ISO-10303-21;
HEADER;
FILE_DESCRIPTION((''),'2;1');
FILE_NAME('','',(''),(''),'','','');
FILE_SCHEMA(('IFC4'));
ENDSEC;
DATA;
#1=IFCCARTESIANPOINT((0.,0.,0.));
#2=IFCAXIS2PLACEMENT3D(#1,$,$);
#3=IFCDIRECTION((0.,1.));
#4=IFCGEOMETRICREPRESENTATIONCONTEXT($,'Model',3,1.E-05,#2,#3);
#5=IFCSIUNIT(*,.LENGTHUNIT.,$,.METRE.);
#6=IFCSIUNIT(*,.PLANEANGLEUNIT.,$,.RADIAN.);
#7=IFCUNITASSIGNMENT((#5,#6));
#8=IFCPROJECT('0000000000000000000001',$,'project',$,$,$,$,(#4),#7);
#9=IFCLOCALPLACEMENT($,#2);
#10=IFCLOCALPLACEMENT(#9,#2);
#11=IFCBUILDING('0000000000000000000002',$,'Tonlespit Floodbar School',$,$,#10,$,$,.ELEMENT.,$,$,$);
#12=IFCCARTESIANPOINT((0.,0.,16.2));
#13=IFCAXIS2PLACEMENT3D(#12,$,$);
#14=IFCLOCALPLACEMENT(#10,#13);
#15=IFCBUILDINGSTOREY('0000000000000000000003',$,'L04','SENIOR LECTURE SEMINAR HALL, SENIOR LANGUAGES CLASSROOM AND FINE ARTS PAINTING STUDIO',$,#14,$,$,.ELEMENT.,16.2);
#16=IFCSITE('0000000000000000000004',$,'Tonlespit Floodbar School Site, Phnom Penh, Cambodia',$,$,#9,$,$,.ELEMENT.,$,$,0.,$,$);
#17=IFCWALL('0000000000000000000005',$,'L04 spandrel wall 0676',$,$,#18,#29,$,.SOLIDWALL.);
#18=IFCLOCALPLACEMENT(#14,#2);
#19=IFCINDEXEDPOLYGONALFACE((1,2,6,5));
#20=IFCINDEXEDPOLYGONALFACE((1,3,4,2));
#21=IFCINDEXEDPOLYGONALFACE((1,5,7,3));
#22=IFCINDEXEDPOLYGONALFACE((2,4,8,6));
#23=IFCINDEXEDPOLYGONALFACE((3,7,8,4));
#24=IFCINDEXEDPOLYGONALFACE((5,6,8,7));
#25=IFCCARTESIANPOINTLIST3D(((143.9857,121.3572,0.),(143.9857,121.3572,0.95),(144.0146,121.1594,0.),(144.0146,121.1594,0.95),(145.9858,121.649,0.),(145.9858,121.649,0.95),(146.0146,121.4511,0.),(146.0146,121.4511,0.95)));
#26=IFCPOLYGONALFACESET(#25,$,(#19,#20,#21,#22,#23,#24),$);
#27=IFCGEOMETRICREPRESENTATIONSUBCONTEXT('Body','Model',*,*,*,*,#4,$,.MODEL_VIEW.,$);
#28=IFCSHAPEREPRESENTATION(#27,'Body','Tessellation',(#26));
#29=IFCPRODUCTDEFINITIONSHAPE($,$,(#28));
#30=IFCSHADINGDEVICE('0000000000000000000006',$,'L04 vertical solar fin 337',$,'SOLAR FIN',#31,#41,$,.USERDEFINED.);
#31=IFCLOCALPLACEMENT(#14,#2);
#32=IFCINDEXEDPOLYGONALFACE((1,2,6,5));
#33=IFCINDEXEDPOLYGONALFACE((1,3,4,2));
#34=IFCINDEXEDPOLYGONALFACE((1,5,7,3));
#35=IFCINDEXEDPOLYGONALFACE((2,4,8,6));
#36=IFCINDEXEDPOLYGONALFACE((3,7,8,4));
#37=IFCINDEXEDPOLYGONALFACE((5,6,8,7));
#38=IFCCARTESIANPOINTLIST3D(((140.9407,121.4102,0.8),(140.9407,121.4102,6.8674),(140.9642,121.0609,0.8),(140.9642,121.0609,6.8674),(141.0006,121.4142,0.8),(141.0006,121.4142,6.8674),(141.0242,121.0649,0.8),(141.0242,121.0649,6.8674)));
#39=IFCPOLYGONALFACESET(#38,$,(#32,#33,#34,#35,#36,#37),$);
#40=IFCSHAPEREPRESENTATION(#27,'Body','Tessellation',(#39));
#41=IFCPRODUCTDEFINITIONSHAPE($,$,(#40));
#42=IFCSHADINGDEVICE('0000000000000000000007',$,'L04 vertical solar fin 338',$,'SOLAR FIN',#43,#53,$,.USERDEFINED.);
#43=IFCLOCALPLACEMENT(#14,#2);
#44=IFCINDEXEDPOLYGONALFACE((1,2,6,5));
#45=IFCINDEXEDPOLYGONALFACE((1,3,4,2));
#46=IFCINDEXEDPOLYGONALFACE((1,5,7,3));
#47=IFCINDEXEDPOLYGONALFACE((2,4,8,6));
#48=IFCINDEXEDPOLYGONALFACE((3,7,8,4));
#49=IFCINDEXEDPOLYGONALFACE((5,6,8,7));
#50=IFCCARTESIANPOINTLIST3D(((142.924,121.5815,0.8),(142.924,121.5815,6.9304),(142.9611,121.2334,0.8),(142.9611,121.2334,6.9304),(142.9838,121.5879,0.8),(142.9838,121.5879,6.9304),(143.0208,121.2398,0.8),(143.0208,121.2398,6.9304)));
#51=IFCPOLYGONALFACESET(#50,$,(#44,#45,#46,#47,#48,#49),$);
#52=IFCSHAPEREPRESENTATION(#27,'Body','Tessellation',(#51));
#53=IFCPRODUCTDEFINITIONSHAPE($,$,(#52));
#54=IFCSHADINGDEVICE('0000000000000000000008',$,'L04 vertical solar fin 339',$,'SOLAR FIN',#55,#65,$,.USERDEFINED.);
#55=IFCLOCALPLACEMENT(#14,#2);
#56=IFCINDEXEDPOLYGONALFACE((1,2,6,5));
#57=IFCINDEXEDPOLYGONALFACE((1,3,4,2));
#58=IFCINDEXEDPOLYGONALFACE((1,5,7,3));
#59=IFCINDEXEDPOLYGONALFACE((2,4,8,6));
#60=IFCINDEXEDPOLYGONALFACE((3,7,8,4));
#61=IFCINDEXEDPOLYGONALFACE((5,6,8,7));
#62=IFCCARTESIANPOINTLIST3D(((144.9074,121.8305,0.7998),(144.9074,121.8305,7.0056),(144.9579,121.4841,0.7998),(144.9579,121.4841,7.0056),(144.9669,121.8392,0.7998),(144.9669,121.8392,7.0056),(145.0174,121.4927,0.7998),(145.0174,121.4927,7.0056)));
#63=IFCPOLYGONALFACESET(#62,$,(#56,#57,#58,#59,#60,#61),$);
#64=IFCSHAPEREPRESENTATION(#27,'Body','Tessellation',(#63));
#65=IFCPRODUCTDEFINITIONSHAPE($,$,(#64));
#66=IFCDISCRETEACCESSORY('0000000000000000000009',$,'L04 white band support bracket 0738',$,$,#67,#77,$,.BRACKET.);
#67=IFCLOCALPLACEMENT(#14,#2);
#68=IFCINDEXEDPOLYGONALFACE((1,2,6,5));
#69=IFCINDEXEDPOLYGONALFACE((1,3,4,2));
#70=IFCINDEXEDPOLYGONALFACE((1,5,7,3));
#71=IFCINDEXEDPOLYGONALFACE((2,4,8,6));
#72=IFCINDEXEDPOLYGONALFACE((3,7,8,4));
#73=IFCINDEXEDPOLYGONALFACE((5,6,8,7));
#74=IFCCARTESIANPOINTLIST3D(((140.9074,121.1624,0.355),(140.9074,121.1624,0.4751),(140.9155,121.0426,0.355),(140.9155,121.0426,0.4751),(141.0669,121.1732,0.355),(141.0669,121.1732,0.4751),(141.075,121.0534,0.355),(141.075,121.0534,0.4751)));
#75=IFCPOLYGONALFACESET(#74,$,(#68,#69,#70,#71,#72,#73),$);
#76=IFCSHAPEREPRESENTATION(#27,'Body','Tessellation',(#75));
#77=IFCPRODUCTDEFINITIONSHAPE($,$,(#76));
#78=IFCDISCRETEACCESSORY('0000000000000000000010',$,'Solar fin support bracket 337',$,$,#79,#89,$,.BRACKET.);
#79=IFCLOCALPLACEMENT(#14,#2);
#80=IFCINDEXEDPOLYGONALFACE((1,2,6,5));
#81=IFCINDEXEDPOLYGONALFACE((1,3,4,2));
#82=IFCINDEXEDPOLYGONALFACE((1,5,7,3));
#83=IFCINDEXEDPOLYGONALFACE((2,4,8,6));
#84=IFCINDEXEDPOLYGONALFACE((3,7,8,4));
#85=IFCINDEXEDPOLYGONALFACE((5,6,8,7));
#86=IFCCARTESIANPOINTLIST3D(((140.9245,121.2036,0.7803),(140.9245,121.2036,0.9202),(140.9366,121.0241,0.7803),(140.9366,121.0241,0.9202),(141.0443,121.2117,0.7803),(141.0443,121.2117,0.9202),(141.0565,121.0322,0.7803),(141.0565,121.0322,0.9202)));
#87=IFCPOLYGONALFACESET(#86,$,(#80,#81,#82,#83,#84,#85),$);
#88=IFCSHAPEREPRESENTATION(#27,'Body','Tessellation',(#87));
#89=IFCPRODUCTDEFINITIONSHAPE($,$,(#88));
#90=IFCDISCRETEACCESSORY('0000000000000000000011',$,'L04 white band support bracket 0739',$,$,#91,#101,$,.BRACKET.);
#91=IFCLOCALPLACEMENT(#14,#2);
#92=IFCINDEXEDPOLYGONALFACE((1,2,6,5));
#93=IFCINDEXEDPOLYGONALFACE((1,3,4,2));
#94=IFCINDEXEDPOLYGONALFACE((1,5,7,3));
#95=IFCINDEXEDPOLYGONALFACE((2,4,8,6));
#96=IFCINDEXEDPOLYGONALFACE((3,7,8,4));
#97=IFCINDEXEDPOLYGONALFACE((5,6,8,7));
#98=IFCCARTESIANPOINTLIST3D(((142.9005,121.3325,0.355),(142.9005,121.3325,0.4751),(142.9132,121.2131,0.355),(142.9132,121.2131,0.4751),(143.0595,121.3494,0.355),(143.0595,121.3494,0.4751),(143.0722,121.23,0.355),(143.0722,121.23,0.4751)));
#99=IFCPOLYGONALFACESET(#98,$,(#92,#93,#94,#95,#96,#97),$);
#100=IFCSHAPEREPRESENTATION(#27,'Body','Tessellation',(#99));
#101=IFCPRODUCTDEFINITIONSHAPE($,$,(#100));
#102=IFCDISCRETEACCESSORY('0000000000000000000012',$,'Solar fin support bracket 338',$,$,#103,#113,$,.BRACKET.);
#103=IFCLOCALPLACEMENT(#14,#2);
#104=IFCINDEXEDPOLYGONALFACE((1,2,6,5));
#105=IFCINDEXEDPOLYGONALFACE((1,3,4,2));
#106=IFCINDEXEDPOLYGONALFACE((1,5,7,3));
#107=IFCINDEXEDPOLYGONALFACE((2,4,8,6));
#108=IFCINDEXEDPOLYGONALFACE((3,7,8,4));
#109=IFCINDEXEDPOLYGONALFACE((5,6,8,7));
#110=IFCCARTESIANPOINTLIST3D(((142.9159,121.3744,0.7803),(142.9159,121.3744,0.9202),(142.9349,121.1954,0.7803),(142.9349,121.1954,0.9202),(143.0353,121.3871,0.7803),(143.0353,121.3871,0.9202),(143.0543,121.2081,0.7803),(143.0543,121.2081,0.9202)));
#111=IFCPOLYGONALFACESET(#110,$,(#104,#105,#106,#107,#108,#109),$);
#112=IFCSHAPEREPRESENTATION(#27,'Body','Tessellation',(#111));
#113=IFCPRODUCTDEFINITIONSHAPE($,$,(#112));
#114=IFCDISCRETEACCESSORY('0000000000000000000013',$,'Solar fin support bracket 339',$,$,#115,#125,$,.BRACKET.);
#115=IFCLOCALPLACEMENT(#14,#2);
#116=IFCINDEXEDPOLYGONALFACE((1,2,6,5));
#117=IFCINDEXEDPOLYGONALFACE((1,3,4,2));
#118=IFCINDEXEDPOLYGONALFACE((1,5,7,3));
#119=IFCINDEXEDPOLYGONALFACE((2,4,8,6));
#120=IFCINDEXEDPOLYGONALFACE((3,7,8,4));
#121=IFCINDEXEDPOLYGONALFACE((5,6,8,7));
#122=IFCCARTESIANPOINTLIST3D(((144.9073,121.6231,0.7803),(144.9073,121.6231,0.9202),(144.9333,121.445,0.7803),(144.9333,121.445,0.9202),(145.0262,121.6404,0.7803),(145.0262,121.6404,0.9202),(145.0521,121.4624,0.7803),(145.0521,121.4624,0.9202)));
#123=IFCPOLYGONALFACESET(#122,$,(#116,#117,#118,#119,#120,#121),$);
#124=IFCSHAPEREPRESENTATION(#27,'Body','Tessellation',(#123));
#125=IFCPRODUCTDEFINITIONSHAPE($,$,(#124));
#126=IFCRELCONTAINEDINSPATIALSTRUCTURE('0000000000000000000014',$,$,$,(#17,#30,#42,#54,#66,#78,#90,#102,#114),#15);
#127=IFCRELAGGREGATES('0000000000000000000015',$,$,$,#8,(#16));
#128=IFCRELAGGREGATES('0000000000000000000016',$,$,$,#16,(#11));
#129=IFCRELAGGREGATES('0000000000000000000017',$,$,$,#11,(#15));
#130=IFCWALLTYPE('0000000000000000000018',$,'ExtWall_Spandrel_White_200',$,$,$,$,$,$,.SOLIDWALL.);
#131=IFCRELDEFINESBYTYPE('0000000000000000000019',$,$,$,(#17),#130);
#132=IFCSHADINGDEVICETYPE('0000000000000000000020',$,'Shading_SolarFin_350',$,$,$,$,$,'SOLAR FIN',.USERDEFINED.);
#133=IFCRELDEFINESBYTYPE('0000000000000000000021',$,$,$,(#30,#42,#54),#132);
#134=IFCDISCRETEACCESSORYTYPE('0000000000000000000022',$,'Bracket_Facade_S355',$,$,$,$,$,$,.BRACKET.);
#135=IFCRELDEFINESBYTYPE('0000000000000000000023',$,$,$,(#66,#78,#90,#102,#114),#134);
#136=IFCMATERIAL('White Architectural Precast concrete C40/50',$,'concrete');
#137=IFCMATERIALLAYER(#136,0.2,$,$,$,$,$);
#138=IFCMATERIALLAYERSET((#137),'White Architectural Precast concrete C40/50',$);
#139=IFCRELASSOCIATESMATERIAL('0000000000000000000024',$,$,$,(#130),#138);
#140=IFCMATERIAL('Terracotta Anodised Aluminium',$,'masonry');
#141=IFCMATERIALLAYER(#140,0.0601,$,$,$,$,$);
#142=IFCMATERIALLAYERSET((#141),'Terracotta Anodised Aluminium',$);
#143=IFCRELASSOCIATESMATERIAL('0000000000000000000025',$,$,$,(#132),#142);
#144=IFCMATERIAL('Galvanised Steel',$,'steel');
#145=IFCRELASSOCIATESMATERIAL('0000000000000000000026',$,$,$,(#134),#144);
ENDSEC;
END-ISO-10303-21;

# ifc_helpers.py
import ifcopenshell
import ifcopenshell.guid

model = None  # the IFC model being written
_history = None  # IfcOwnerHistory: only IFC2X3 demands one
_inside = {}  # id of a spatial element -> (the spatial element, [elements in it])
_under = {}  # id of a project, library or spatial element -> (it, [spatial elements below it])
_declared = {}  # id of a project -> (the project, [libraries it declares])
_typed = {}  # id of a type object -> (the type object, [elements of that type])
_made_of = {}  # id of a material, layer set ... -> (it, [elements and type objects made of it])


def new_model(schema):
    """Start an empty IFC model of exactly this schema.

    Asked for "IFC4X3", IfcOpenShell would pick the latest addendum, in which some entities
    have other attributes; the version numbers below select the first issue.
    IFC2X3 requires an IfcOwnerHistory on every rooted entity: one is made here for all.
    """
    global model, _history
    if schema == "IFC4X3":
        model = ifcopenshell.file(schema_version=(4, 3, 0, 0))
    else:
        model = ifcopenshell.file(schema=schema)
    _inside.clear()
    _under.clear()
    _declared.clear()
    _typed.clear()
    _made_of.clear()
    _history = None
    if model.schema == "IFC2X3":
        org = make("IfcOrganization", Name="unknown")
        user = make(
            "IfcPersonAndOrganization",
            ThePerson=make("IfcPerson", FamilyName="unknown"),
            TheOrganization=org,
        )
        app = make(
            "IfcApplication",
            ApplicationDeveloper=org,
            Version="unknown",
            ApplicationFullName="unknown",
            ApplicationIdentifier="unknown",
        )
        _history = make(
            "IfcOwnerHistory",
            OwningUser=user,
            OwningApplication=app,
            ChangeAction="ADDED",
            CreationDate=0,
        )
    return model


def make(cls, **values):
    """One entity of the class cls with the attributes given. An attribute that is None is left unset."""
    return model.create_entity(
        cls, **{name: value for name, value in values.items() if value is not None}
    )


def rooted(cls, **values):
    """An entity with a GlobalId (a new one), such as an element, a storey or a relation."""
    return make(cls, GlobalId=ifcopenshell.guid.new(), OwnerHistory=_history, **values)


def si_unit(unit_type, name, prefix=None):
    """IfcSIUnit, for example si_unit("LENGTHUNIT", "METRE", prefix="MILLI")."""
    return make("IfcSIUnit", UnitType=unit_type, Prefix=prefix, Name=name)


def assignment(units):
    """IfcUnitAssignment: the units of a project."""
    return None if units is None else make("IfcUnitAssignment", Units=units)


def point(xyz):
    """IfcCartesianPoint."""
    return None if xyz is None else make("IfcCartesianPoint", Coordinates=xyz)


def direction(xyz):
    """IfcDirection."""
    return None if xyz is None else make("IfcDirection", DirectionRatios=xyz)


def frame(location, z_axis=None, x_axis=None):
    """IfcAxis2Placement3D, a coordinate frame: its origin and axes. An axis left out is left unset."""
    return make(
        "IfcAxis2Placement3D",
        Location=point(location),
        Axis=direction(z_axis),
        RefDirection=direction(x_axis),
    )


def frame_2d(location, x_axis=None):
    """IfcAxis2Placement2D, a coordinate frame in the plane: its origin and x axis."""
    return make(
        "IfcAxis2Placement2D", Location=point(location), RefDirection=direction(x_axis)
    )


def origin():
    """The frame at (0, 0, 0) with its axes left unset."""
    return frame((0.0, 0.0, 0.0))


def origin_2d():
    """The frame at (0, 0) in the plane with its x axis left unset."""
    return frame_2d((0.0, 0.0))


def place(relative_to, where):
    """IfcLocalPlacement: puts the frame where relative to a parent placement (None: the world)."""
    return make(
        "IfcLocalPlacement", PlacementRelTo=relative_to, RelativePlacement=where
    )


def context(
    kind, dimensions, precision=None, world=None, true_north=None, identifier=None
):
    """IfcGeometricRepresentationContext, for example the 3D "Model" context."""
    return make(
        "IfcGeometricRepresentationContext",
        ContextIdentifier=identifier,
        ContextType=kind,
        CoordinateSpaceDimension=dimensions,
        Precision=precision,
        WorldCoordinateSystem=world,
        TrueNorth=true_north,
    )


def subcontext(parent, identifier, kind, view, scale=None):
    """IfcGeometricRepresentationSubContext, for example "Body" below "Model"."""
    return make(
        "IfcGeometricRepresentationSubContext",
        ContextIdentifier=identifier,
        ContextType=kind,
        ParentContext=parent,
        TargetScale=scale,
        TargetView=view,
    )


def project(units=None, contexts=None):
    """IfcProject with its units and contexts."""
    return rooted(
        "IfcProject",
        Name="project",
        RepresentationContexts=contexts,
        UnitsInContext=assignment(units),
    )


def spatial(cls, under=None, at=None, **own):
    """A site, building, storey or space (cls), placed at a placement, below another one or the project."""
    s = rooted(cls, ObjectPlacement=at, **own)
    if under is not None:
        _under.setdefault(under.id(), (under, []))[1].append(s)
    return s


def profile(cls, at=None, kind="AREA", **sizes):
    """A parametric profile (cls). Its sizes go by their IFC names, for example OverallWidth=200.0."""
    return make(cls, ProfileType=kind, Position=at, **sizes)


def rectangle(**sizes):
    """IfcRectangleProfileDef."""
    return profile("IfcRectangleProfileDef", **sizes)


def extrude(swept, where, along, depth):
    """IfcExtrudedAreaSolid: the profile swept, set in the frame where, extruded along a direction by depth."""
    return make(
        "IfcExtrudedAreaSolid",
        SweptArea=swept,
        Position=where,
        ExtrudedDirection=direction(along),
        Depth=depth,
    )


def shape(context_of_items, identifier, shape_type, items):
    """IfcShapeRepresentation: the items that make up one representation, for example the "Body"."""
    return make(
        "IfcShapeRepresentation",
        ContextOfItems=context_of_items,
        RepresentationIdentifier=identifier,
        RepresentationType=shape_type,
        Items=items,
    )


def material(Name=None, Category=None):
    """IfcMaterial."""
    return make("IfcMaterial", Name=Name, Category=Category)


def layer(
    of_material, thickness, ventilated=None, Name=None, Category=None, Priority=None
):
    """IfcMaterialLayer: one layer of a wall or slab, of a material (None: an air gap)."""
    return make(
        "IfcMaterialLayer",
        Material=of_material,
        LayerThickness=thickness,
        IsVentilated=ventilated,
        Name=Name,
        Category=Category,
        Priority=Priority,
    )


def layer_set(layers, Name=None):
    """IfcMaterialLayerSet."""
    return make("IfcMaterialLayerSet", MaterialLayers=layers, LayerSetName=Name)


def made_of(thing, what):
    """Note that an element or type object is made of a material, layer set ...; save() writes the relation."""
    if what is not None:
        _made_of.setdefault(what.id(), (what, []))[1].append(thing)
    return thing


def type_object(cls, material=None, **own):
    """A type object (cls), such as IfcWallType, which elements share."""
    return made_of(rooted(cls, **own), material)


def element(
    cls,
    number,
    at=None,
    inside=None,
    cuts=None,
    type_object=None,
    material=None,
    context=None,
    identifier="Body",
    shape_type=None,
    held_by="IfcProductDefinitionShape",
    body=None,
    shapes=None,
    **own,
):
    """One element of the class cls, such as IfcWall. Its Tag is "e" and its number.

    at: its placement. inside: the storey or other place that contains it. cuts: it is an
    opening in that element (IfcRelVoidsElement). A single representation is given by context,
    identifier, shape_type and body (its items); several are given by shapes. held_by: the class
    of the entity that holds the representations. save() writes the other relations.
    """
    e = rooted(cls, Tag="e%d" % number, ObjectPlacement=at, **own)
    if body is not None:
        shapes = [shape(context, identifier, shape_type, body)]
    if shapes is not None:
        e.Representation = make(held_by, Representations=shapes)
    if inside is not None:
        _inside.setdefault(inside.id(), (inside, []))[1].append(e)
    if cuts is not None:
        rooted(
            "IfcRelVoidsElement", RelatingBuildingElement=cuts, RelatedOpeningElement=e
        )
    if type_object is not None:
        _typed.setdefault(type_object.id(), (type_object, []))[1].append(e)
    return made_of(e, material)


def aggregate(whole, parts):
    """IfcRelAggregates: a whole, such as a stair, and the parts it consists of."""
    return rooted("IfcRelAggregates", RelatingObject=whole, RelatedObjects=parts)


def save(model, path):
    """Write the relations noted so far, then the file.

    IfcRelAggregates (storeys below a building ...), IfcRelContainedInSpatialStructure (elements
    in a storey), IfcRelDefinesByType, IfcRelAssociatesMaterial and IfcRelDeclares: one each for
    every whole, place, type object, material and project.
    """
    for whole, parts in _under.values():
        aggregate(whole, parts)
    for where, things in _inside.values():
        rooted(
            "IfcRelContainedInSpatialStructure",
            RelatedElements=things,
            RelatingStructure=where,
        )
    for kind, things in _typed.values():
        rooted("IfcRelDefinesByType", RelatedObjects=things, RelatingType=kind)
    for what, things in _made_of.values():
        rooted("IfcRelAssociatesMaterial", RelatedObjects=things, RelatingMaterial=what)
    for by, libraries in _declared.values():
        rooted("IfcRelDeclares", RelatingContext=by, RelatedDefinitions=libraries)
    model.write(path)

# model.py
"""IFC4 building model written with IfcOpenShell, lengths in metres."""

from ifc_helpers import new_model, si_unit, direction, frame, frame_2d, origin, origin_2d, place, context, subcontext, project, spatial, rectangle, extrude, material, layer, layer_set, type_object, element, save


model = new_model("IFC4")

# Units and contexts
model_context = context("Model", 3, precision=1e-05, world=origin(), true_north=direction((0.0, 1.0)))
body_context = subcontext(model_context, "Body", "Model", "MODEL_VIEW")
ifc_project = project(units=[si_unit("LENGTHUNIT", "METRE"), si_unit("PLANEANGLEUNIT", "RADIAN")], contexts=[model_context])

# Site, building, storey
site_placement = place(None, origin())
site = spatial("IfcSite", under=ifc_project, at=site_placement, Name="Tonlespit Floodbar School Site, Phnom Penh, Cambodia", CompositionType="ELEMENT", RefElevation=0.0)
building_placement = place(site_placement, origin())
building = spatial("IfcBuilding", under=site, at=building_placement, Name="Tonlespit Floodbar School", CompositionType="ELEMENT")
storey_placement = place(building_placement, frame((0.0, 0.0, 16.2)))
storey = spatial("IfcBuildingStorey", under=building, at=storey_placement, Name="L04", Description="SENIOR LECTURE SEMINAR HALL, SENIOR LANGUAGES CLASSROOM AND FINE ARTS PAINTING STUDIO", CompositionType="ELEMENT", Elevation=16.2)

# Wall
ifc_material_1 = material(Name="White Architectural Precast concrete C40/50", Category="concrete")
ifc_layer_1 = layer(ifc_material_1, 0.2)
ifc_layer_set_1 = layer_set([ifc_layer_1], Name="White Architectural Precast concrete C40/50")
wall_type = type_object("IfcWallType", Name="ExtWall_Spandrel_White_200", PredefinedType="SOLIDWALL", material=ifc_layer_set_1)
wall_placement = place(storey_placement, frame((144.0, 121.2583, 0.0), z_axis=(0.0, 0.0, 1.0), x_axis=(0.989527, 0.144346, 0.0)))
element("IfcWall", 1, at=wall_placement, inside=storey, type_object=wall_type, Name="L04 spandrel wall 0676", PredefinedType="SOLIDWALL", context=body_context, shape_type="SweptSolid", body=[
    extrude(rectangle(XDim=2.0212, YDim=0.2, at=frame_2d((1.0107, 0.0))), origin(), (0.0, 0.0, 1.0), 0.95),
])

# Shading devices
ifc_material_2 = material(Name="Terracotta Anodised Aluminium", Category="masonry")
ifc_layer_2 = layer(ifc_material_2, 0.0601)
ifc_layer_set_2 = layer_set([ifc_layer_2], Name="Terracotta Anodised Aluminium")
shading_device_type = type_object("IfcShadingDeviceType", Name="Shading_SolarFin_350", ElementType="SOLAR FIN", PredefinedType="USERDEFINED", material=ifc_layer_set_2)
shading_device_1_placement = place(storey_placement, frame((140.9824, 121.2375, 0.8), z_axis=(0.0, 0.0, 1.0), x_axis=(0.99773, 0.067347, 0.0)))
element("IfcShadingDevice", 2, at=shading_device_1_placement, inside=storey, type_object=shading_device_type, Name="L04 vertical solar fin 337", ObjectType="SOLAR FIN", PredefinedType="USERDEFINED", context=body_context, shape_type="SweptSolid", body=[
    extrude(rectangle(XDim=0.0601, YDim=0.3501, at=origin_2d()), origin(), (0.0, 0.0, 1.0), 6.0674),
])
shading_device_2_placement = place(storey_placement, frame((142.9724, 121.4106, 0.8), z_axis=(0.0, 0.0, 1.0), x_axis=(0.994392, 0.105754, 0.0)))
element("IfcShadingDevice", 3, at=shading_device_2_placement, inside=storey, type_object=shading_device_type, Name="L04 vertical solar fin 338", ObjectType="SOLAR FIN", PredefinedType="USERDEFINED", context=body_context, shape_type="SweptSolid", body=[
    extrude(rectangle(XDim=0.0601, YDim=0.3501, at=origin_2d()), origin(), (0.0, 0.0, 1.0), 6.1304),
])
shading_device_3_placement = place(storey_placement, frame((144.9624, 121.6616, 0.7998), z_axis=(0.0, 0.0, 1.0), x_axis=(0.989538, 0.144275, 0.0)))
element("IfcShadingDevice", 4, at=shading_device_3_placement, inside=storey, type_object=shading_device_type, Name="L04 vertical solar fin 339", ObjectType="SOLAR FIN", PredefinedType="USERDEFINED", context=body_context, shape_type="SweptSolid", body=[
    extrude(rectangle(XDim=0.0601, YDim=0.3501, at=origin_2d()), origin(), (0.0, 0.0, 1.0), 6.2058),
])

# Discrete accessories
ifc_material_3 = material(Name="Galvanised Steel", Category="steel")
discrete_accessory_type = type_object("IfcDiscreteAccessoryType", Name="Bracket_Facade_S355", PredefinedType="BRACKET", material=ifc_material_3)
discrete_accessory_1_placement = place(storey_placement, frame((140.9912, 121.1079, 0.355), z_axis=(0.0, 0.0, 1.0), x_axis=(0.99773, 0.067347, 0.0)))
element("IfcDiscreteAccessory", 5, at=discrete_accessory_1_placement, inside=storey, type_object=discrete_accessory_type, Name="L04 white band support bracket 0738", PredefinedType="BRACKET", context=body_context, shape_type="SweptSolid", body=[
    extrude(rectangle(XDim=0.1599, YDim=0.1201, at=origin_2d()), origin(), (0.0, 0.0, 1.0), 0.1201),
])
discrete_accessory_2_placement = place(storey_placement, frame((140.9905, 121.1179, 0.7803), z_axis=(0.0, 0.0, 1.0), x_axis=(0.99773, 0.067347, 0.0)))
element("IfcDiscreteAccessory", 6, at=discrete_accessory_2_placement, inside=storey, type_object=discrete_accessory_type, Name="Solar fin support bracket 337", PredefinedType="BRACKET", context=body_context, shape_type="SweptSolid", body=[
    extrude(rectangle(XDim=0.1201, YDim=0.1799, at=origin_2d()), origin(), (0.0, 0.0, 1.0), 0.1399),
])
discrete_accessory_3_placement = place(storey_placement, frame((142.9863, 121.2812, 0.355), z_axis=(0.0, 0.0, 1.0), x_axis=(0.994392, 0.105754, 0.0)))
element("IfcDiscreteAccessory", 7, at=discrete_accessory_3_placement, inside=storey, type_object=discrete_accessory_type, Name="L04 white band support bracket 0739", PredefinedType="BRACKET", context=body_context, shape_type="SweptSolid", body=[
    extrude(rectangle(XDim=0.1599, YDim=0.1201, at=origin_2d()), origin(), (0.0, 0.0, 1.0), 0.1201),
])
for number, where, z_axis, x_axis, name in (
    (8, (142.9851, 121.2913, 0.7803), (0.0, 0.0, 1.0), (0.994392, 0.105754, 0.0), "Solar fin support bracket 338"),
    (9, (144.9797, 121.5427, 0.7803), (0.0, 0.0, 1.0), (0.989538, 0.144275, 0.0), "Solar fin support bracket 339"),
):
    element("IfcDiscreteAccessory", number, at=place(storey_placement, frame(where, z_axis=z_axis, x_axis=x_axis)), inside=storey, type_object=discrete_accessory_type, Name=name, PredefinedType="BRACKET", context=body_context, shape_type="SweptSolid", body=[
        extrude(rectangle(XDim=0.1201, YDim=0.1799, at=origin_2d()), origin(), (0.0, 0.0, 1.0), 0.1399),
    ])

save(model, "model.ifc")
